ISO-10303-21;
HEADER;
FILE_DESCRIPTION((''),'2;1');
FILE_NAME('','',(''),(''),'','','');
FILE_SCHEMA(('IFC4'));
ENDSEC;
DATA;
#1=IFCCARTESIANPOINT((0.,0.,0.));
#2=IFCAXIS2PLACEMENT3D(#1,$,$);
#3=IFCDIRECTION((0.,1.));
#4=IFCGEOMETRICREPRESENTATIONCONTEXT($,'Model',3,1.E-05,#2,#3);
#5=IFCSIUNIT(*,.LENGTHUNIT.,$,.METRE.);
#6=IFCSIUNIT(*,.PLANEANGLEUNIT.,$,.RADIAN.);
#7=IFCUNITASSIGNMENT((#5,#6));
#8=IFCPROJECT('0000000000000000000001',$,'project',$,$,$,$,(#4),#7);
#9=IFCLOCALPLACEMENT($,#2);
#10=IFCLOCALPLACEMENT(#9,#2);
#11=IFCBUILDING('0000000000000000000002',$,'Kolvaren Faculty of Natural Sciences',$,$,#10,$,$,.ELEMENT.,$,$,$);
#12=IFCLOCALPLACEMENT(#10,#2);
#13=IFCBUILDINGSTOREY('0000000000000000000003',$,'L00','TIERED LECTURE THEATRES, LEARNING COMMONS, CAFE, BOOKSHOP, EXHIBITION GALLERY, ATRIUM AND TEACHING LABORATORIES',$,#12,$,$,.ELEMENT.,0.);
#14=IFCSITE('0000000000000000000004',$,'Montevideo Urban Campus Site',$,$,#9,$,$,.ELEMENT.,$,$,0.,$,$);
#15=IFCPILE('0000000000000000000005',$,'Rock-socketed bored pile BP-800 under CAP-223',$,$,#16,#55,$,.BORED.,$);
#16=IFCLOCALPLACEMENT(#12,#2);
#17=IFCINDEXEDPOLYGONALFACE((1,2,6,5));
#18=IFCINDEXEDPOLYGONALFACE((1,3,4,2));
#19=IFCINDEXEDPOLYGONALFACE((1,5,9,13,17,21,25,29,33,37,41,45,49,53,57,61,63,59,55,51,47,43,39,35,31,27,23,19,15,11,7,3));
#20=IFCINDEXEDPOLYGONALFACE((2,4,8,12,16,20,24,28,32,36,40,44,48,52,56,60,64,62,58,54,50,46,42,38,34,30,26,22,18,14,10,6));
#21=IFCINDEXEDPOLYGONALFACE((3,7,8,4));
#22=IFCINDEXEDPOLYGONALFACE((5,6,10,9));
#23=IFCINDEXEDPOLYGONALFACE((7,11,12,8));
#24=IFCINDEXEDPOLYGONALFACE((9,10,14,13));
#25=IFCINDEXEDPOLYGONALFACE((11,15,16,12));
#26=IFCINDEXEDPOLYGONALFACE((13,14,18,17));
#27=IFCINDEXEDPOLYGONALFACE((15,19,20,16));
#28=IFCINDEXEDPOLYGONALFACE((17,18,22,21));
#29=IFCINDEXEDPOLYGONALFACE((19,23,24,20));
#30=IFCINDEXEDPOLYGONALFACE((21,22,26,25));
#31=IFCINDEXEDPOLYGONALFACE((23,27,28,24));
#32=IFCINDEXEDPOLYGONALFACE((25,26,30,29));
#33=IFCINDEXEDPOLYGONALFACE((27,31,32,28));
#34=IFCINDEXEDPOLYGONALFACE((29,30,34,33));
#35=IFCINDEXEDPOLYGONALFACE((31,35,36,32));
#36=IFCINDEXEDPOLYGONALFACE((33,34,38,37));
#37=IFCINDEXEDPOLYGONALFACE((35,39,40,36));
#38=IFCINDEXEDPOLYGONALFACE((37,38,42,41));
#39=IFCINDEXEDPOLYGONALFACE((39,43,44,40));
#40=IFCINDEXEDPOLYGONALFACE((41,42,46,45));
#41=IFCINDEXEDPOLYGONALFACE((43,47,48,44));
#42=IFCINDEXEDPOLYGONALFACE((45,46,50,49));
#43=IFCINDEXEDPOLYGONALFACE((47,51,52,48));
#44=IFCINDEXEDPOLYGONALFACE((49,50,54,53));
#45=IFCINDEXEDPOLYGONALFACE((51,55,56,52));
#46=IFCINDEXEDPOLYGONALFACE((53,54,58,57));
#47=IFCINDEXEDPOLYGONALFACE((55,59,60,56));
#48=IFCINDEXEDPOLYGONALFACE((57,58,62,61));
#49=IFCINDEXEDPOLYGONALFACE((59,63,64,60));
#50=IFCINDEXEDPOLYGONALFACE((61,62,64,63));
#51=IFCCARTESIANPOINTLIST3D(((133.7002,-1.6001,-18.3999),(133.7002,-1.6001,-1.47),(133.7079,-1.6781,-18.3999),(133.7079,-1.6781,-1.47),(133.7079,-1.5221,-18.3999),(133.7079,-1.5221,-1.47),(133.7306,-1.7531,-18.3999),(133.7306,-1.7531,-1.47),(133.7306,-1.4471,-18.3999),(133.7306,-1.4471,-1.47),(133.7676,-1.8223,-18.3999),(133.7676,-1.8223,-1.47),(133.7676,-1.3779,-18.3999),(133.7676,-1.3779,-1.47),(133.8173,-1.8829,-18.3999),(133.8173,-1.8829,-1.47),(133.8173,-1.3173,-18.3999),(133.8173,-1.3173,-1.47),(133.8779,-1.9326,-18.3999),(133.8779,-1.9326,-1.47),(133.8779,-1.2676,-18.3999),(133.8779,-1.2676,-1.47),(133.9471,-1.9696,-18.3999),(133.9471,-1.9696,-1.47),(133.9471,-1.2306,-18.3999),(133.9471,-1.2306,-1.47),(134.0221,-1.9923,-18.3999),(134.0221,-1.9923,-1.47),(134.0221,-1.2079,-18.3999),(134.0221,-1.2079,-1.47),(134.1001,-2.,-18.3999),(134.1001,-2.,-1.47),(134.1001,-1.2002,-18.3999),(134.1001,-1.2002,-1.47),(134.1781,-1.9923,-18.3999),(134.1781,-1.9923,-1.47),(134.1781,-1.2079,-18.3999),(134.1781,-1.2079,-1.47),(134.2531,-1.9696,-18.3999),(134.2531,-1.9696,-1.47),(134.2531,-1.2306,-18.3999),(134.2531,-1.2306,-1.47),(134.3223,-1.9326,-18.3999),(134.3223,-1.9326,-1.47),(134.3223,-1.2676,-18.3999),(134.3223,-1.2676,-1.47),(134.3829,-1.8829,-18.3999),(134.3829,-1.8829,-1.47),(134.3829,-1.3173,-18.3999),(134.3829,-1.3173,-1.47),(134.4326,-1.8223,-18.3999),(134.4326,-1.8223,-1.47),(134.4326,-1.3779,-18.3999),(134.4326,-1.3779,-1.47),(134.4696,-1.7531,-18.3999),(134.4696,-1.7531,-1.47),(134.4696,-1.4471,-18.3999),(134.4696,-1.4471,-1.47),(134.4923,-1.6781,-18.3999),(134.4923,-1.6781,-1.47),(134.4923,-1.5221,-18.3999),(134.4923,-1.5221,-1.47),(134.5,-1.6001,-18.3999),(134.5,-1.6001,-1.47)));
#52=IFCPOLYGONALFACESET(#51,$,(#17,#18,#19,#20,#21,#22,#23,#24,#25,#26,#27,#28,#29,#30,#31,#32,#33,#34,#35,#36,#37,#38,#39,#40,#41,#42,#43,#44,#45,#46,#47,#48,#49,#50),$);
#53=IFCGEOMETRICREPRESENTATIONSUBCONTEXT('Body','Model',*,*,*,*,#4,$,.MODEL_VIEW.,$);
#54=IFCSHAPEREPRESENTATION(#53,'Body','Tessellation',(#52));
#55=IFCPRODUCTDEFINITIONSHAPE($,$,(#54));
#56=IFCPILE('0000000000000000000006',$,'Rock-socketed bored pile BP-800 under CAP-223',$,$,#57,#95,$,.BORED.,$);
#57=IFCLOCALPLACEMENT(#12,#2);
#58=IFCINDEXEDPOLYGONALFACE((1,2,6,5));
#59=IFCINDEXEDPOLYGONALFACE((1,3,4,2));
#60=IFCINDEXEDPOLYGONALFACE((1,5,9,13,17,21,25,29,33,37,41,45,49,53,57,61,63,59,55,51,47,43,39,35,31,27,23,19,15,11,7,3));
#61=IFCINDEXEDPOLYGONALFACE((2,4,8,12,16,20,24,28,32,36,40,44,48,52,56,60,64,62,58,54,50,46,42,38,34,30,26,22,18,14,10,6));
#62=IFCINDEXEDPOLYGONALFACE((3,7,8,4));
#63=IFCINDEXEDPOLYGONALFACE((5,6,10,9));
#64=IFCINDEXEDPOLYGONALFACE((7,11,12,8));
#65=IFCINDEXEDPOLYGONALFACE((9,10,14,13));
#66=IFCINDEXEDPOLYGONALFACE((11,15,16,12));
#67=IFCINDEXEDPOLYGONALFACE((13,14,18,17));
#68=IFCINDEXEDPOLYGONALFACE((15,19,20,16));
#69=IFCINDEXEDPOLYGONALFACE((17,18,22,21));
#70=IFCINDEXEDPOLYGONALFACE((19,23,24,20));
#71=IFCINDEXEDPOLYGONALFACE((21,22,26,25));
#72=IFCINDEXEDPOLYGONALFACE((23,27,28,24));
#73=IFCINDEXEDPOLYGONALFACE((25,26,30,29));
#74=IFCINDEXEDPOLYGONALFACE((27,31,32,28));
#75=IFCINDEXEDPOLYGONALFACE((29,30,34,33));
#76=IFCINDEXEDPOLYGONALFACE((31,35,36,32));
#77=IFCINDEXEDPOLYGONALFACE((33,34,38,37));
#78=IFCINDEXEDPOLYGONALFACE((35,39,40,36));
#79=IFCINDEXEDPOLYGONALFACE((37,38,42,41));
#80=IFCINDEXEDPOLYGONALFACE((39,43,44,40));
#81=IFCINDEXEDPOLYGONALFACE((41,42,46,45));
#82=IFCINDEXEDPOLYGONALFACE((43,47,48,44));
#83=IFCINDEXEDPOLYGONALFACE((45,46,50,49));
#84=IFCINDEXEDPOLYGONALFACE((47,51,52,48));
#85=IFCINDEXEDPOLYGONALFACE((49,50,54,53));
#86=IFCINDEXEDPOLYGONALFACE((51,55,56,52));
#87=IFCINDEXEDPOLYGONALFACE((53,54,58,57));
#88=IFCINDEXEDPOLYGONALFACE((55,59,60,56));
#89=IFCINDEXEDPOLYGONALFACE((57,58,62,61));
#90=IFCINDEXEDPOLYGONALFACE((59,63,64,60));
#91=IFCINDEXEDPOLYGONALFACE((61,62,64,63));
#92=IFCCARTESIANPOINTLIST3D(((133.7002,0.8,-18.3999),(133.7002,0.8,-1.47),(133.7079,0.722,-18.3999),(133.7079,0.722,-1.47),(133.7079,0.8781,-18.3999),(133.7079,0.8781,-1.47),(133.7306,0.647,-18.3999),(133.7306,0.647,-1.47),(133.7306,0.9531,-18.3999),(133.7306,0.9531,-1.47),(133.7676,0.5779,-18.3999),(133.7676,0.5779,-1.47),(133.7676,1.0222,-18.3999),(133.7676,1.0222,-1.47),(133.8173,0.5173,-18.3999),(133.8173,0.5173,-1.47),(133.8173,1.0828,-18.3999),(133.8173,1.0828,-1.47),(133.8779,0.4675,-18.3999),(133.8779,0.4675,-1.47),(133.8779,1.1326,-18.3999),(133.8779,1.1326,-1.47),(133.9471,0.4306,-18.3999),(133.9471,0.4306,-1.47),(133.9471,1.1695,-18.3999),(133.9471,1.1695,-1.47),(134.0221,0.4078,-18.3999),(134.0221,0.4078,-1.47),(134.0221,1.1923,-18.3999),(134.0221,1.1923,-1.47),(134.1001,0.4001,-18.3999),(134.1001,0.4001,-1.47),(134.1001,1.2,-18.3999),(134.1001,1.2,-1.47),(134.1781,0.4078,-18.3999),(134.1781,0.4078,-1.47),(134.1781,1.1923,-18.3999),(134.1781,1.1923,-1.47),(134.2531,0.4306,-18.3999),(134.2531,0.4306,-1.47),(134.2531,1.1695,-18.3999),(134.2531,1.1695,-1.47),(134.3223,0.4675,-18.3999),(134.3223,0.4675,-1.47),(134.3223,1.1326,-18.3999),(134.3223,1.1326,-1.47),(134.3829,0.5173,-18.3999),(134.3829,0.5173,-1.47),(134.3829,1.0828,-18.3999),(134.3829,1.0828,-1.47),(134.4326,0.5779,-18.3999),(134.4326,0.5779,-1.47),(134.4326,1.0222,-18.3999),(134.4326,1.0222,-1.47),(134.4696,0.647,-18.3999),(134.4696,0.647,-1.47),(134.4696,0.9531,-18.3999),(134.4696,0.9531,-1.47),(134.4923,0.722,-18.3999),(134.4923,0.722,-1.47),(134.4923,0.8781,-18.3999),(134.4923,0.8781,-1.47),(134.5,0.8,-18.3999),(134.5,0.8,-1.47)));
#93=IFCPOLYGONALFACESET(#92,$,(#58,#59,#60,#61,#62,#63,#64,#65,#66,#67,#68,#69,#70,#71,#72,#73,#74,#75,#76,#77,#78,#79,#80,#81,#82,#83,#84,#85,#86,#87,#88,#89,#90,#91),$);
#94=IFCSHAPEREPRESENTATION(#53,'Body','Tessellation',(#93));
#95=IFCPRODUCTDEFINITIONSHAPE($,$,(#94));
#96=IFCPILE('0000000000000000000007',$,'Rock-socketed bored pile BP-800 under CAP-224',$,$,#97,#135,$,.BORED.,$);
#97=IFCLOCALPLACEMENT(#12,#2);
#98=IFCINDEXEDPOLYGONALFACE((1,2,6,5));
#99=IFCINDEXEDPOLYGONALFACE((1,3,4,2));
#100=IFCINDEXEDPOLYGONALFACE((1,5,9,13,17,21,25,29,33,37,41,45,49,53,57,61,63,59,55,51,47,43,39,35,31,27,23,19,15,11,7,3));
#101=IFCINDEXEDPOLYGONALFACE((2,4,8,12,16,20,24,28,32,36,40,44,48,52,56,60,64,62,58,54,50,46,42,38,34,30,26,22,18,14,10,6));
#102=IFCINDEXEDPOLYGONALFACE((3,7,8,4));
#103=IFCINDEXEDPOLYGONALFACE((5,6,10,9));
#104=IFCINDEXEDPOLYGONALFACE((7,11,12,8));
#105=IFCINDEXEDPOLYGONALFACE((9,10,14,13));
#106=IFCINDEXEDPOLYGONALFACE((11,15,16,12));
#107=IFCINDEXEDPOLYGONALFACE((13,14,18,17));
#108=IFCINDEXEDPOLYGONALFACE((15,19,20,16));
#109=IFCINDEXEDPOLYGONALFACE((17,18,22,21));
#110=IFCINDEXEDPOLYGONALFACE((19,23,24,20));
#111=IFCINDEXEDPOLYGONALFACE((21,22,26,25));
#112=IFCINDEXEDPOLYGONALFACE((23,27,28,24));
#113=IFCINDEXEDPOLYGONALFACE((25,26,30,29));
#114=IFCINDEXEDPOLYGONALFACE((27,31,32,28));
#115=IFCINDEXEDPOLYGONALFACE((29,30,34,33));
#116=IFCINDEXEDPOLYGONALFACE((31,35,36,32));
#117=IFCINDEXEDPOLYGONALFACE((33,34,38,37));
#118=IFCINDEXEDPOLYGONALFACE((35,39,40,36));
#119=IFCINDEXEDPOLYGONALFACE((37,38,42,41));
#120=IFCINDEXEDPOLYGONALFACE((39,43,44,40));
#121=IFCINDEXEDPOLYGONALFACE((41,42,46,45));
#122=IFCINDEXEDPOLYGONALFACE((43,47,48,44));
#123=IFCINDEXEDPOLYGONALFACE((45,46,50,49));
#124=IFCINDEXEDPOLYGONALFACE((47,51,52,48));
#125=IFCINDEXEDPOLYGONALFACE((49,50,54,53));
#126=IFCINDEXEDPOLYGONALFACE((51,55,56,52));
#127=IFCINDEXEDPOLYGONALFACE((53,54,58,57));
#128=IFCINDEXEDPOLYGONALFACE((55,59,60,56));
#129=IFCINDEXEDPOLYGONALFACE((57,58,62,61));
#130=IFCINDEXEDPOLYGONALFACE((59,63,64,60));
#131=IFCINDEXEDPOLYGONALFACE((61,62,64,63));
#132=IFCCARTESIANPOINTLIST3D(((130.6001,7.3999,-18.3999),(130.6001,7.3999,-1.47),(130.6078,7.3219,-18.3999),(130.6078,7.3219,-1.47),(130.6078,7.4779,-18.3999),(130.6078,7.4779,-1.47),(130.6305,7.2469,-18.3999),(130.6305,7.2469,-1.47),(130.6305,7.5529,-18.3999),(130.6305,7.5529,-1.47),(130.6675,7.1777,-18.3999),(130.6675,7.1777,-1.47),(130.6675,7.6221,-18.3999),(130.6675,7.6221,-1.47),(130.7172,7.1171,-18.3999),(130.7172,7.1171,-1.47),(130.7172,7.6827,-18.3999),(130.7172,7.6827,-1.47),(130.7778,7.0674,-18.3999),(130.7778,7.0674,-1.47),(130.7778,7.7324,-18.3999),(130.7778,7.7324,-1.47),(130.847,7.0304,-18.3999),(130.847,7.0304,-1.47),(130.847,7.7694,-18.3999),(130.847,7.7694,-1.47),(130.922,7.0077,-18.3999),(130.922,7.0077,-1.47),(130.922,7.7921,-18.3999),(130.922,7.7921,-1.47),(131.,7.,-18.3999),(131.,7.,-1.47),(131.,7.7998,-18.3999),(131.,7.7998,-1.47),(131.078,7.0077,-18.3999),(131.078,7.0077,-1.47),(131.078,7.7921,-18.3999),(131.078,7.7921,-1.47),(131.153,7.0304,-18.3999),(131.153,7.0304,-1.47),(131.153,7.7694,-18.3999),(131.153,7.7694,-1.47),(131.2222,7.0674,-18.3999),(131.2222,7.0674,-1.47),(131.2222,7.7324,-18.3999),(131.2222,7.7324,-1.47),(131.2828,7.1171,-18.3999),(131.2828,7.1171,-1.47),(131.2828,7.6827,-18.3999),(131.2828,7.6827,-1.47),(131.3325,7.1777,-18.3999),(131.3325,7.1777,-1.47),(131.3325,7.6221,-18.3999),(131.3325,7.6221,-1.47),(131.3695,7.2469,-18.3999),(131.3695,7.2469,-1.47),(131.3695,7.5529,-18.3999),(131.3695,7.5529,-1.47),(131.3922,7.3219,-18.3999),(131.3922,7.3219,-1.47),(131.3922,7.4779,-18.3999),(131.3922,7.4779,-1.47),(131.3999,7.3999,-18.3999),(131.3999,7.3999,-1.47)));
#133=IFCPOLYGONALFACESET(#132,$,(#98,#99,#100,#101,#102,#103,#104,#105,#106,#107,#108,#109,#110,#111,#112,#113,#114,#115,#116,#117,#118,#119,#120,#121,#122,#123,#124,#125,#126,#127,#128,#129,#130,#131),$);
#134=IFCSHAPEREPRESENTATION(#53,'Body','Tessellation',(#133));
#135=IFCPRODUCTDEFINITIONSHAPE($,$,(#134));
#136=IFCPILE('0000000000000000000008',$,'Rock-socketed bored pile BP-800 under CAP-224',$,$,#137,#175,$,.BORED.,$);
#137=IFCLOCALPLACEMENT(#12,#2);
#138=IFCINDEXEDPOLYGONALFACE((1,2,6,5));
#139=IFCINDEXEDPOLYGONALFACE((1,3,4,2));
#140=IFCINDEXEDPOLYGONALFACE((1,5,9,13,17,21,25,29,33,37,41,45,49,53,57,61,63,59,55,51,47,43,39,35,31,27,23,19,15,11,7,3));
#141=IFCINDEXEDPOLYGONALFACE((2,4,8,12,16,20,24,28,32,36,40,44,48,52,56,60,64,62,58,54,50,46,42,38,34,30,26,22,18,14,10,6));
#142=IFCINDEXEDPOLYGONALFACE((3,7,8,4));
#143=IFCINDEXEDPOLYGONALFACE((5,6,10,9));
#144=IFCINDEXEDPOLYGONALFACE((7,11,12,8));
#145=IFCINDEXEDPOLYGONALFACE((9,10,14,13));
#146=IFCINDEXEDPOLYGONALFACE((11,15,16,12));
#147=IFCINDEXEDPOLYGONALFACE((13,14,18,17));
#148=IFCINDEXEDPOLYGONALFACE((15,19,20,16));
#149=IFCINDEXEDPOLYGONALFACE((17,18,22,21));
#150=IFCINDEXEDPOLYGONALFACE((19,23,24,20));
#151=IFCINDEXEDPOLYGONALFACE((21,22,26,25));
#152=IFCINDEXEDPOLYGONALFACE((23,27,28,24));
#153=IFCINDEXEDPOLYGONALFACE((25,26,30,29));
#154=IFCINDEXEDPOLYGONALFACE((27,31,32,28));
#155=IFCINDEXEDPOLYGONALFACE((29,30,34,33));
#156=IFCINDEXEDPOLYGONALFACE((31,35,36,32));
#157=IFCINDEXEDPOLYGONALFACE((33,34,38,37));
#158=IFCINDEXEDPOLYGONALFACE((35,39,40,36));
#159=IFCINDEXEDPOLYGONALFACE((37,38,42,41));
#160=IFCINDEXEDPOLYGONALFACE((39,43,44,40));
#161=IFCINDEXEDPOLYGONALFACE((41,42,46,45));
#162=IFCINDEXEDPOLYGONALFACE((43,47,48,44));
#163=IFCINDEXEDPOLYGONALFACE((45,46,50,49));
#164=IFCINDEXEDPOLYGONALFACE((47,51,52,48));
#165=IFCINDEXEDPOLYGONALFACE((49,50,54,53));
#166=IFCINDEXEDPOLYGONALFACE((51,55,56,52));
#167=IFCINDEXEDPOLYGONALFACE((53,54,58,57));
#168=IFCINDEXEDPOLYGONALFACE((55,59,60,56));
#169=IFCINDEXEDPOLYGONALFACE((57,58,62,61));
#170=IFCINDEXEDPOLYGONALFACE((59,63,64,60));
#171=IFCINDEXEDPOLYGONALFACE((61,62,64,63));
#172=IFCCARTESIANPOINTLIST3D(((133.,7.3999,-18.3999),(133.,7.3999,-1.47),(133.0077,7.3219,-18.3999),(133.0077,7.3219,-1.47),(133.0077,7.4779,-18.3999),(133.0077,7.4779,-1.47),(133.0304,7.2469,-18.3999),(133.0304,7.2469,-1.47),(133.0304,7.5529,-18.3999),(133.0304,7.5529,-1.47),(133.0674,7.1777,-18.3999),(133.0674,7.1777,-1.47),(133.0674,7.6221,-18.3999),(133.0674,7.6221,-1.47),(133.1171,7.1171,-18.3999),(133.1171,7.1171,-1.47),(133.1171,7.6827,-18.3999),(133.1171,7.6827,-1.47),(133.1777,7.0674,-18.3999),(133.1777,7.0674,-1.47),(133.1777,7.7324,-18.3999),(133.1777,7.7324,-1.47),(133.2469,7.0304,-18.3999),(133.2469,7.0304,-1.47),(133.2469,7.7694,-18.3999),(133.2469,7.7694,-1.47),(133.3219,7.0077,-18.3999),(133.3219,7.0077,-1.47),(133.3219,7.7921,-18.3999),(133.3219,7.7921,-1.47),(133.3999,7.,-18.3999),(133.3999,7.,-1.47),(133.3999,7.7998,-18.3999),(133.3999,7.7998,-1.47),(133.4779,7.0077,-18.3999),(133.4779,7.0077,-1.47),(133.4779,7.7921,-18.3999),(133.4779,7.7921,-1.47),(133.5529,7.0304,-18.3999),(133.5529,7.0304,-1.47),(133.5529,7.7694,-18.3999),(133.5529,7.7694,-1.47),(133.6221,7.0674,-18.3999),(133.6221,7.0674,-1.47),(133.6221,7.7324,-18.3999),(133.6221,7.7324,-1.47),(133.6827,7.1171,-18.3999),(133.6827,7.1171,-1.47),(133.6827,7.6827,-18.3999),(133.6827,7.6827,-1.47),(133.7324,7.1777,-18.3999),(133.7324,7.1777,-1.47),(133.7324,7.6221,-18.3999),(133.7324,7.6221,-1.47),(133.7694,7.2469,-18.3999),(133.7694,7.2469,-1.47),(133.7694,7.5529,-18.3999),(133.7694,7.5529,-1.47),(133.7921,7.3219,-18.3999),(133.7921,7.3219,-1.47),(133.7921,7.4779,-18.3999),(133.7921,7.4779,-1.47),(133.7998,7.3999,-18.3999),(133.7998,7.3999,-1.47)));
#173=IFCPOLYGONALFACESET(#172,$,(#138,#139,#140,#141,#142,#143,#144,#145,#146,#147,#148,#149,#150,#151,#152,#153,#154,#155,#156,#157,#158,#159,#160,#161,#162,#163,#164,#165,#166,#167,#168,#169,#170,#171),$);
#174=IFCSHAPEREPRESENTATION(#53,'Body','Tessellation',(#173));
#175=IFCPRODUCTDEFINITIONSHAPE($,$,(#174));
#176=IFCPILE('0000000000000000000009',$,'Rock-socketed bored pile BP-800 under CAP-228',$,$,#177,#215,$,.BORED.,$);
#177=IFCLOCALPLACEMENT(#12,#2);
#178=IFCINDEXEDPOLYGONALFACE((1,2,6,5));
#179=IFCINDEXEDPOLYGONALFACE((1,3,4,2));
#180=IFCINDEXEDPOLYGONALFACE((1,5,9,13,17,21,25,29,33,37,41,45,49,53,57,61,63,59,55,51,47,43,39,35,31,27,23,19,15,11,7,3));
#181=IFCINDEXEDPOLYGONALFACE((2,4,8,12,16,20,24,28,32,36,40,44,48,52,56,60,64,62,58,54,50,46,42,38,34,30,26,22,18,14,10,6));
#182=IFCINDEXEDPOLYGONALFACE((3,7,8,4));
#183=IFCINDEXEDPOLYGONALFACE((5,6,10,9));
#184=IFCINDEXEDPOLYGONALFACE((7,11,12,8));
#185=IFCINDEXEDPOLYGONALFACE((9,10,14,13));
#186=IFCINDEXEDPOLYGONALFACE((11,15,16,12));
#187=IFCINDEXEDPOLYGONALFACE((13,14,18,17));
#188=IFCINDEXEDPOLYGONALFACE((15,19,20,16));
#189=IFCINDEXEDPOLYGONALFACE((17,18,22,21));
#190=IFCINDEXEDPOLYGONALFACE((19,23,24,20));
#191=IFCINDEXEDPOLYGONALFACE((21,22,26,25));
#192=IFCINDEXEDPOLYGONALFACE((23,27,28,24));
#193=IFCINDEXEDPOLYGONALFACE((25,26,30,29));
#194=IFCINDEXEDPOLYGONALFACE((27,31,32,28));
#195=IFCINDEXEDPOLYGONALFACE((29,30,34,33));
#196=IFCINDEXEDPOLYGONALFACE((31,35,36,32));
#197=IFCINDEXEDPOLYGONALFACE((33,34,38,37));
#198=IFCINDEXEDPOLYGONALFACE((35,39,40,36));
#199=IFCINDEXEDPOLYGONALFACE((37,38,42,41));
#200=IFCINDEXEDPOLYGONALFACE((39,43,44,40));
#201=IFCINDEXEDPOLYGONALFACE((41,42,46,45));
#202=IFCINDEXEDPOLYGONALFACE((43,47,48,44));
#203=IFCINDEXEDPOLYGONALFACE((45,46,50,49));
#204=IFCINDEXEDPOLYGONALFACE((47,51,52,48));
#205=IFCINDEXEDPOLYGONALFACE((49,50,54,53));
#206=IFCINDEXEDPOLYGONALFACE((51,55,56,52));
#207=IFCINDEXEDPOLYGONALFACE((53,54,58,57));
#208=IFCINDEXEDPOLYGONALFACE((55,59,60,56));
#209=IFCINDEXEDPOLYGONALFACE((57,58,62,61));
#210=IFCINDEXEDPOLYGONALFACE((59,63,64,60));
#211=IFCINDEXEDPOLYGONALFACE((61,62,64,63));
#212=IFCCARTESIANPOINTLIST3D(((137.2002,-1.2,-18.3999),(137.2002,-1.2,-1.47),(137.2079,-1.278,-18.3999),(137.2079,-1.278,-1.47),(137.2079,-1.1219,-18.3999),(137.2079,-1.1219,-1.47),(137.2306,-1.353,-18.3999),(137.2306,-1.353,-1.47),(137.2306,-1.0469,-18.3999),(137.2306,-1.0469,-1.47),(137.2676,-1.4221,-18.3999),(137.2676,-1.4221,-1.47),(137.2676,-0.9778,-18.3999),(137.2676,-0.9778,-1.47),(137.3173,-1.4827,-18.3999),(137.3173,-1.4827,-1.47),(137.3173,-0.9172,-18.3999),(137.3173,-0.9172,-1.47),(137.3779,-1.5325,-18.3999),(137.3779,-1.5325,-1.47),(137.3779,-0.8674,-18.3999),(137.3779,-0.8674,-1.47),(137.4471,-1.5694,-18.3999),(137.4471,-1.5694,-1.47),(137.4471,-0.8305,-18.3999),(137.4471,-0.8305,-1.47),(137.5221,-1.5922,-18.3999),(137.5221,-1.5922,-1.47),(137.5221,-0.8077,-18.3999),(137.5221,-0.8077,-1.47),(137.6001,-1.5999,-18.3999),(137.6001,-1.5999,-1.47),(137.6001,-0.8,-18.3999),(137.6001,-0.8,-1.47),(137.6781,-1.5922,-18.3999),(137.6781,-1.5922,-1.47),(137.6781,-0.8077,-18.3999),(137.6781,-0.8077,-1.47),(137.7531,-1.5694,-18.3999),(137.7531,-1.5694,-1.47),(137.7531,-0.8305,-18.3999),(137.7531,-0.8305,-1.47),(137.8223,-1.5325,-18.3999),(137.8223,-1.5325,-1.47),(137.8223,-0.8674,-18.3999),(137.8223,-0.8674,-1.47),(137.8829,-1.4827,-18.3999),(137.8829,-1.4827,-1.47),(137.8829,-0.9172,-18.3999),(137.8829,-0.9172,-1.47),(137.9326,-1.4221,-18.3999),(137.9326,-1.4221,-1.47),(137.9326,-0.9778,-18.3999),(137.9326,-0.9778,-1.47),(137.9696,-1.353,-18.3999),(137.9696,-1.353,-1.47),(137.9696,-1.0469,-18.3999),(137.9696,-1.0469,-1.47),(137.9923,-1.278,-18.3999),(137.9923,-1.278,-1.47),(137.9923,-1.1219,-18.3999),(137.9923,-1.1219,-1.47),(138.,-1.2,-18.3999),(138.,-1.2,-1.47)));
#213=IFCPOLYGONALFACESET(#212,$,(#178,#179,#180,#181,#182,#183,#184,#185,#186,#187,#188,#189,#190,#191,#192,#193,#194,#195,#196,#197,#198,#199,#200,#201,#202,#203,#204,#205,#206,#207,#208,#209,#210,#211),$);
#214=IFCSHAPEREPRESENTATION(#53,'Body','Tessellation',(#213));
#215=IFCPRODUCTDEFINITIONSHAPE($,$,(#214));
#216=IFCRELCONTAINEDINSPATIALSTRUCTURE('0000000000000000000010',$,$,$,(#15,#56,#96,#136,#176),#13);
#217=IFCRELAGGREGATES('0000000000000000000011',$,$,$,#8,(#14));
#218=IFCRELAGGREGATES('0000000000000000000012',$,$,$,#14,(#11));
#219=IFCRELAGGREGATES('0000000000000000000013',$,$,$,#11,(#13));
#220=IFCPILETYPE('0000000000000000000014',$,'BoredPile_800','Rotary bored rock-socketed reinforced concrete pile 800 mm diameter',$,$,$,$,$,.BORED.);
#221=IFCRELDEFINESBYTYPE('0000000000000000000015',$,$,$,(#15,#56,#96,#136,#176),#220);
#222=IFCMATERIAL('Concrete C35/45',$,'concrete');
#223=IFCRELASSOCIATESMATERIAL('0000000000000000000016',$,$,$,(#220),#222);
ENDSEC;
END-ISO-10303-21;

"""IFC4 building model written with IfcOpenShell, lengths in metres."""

from ifc_helpers import new_model, si_unit, direction, frame, origin, origin_2d, place, context, subcontext, project, spatial, circle, extrude, material, material_profile, profile_set, type_object, element, save


model = new_model("IFC4")

# Units and contexts
model_context = context("Model", 3, precision=1e-05, world=origin(), true_north=direction((0.0, 1.0)))
body_context = subcontext(model_context, "Body", "Model", "MODEL_VIEW")
ifc_project = project(units=[si_unit("LENGTHUNIT", "METRE"), si_unit("PLANEANGLEUNIT", "RADIAN")], contexts=[model_context])

# Site, building, storey
site_placement = place(None, origin())
site = spatial("IfcSite", under=ifc_project, at=site_placement, Name="Montevideo Urban Campus Site", CompositionType="ELEMENT", RefElevation=0.0)
building_placement = place(site_placement, origin())
building = spatial("IfcBuilding", under=site, at=building_placement, Name="Kolvaren Faculty of Natural Sciences", CompositionType="ELEMENT")
storey_placement = place(building_placement, origin())
storey = spatial("IfcBuildingStorey", under=building, at=storey_placement, Name="L00", Description="TIERED LECTURE THEATRES, LEARNING COMMONS, CAFE, BOOKSHOP, EXHIBITION GALLERY, ATRIUM AND TEACHING LABORATORIES", CompositionType="ELEMENT", Elevation=0.0)

# Piles
ifc_material_1 = material(Name="Concrete C35/45", Category="concrete")
ifc_material_profile_1 = material_profile(ifc_material_1, circle(Radius=0.3999, at=origin_2d()), Name="PILE D800")
ifc_profile_set_1 = profile_set([ifc_material_profile_1], Name="Concrete C35/45")
pile_type = type_object("IfcPileType", Name="BoredPile_800", Description="Rotary bored rock-socketed reinforced concrete pile 800 mm diameter", PredefinedType="BORED", material=ifc_profile_set_1)
for number, where, z_axis, x_axis, name in (
    (1, (134.1001, -1.6001, -1.47), (0.0, 0.0, -1.0), (1.0, 0.0, 0.0), "Rock-socketed bored pile BP-800 under CAP-223"),
    (2, (134.1001, 0.8, -1.47), (0.0, 0.0, -1.0), (1.0, 0.0, 0.0), "Rock-socketed bored pile BP-800 under CAP-223"),
    (3, (131.0, 7.3999, -1.47), (0.0, 0.0, -1.0), (1.0, 0.0, 0.0), "Rock-socketed bored pile BP-800 under CAP-224"),
    (4, (133.3999, 7.3999, -1.47), (0.0, 0.0, -1.0), (1.0, 0.0, 0.0), "Rock-socketed bored pile BP-800 under CAP-224"),
    (5, (137.6001, -1.2, -1.47), (0.0, 0.0, -1.0), (1.0, 0.0, 0.0), "Rock-socketed bored pile BP-800 under CAP-228"),
):
    element("IfcPile", number, at=place(storey_placement, frame(where, z_axis=z_axis, x_axis=x_axis)), inside=storey, type_object=pile_type, Name=name, PredefinedType="BORED", context=body_context, shape_type="SweptSolid", body=[
        extrude(circle(Radius=0.3999, at=origin_2d()), origin(), (0.0, 0.0, 1.0), 16.9299),
    ])

save(model, "model.ifc")
